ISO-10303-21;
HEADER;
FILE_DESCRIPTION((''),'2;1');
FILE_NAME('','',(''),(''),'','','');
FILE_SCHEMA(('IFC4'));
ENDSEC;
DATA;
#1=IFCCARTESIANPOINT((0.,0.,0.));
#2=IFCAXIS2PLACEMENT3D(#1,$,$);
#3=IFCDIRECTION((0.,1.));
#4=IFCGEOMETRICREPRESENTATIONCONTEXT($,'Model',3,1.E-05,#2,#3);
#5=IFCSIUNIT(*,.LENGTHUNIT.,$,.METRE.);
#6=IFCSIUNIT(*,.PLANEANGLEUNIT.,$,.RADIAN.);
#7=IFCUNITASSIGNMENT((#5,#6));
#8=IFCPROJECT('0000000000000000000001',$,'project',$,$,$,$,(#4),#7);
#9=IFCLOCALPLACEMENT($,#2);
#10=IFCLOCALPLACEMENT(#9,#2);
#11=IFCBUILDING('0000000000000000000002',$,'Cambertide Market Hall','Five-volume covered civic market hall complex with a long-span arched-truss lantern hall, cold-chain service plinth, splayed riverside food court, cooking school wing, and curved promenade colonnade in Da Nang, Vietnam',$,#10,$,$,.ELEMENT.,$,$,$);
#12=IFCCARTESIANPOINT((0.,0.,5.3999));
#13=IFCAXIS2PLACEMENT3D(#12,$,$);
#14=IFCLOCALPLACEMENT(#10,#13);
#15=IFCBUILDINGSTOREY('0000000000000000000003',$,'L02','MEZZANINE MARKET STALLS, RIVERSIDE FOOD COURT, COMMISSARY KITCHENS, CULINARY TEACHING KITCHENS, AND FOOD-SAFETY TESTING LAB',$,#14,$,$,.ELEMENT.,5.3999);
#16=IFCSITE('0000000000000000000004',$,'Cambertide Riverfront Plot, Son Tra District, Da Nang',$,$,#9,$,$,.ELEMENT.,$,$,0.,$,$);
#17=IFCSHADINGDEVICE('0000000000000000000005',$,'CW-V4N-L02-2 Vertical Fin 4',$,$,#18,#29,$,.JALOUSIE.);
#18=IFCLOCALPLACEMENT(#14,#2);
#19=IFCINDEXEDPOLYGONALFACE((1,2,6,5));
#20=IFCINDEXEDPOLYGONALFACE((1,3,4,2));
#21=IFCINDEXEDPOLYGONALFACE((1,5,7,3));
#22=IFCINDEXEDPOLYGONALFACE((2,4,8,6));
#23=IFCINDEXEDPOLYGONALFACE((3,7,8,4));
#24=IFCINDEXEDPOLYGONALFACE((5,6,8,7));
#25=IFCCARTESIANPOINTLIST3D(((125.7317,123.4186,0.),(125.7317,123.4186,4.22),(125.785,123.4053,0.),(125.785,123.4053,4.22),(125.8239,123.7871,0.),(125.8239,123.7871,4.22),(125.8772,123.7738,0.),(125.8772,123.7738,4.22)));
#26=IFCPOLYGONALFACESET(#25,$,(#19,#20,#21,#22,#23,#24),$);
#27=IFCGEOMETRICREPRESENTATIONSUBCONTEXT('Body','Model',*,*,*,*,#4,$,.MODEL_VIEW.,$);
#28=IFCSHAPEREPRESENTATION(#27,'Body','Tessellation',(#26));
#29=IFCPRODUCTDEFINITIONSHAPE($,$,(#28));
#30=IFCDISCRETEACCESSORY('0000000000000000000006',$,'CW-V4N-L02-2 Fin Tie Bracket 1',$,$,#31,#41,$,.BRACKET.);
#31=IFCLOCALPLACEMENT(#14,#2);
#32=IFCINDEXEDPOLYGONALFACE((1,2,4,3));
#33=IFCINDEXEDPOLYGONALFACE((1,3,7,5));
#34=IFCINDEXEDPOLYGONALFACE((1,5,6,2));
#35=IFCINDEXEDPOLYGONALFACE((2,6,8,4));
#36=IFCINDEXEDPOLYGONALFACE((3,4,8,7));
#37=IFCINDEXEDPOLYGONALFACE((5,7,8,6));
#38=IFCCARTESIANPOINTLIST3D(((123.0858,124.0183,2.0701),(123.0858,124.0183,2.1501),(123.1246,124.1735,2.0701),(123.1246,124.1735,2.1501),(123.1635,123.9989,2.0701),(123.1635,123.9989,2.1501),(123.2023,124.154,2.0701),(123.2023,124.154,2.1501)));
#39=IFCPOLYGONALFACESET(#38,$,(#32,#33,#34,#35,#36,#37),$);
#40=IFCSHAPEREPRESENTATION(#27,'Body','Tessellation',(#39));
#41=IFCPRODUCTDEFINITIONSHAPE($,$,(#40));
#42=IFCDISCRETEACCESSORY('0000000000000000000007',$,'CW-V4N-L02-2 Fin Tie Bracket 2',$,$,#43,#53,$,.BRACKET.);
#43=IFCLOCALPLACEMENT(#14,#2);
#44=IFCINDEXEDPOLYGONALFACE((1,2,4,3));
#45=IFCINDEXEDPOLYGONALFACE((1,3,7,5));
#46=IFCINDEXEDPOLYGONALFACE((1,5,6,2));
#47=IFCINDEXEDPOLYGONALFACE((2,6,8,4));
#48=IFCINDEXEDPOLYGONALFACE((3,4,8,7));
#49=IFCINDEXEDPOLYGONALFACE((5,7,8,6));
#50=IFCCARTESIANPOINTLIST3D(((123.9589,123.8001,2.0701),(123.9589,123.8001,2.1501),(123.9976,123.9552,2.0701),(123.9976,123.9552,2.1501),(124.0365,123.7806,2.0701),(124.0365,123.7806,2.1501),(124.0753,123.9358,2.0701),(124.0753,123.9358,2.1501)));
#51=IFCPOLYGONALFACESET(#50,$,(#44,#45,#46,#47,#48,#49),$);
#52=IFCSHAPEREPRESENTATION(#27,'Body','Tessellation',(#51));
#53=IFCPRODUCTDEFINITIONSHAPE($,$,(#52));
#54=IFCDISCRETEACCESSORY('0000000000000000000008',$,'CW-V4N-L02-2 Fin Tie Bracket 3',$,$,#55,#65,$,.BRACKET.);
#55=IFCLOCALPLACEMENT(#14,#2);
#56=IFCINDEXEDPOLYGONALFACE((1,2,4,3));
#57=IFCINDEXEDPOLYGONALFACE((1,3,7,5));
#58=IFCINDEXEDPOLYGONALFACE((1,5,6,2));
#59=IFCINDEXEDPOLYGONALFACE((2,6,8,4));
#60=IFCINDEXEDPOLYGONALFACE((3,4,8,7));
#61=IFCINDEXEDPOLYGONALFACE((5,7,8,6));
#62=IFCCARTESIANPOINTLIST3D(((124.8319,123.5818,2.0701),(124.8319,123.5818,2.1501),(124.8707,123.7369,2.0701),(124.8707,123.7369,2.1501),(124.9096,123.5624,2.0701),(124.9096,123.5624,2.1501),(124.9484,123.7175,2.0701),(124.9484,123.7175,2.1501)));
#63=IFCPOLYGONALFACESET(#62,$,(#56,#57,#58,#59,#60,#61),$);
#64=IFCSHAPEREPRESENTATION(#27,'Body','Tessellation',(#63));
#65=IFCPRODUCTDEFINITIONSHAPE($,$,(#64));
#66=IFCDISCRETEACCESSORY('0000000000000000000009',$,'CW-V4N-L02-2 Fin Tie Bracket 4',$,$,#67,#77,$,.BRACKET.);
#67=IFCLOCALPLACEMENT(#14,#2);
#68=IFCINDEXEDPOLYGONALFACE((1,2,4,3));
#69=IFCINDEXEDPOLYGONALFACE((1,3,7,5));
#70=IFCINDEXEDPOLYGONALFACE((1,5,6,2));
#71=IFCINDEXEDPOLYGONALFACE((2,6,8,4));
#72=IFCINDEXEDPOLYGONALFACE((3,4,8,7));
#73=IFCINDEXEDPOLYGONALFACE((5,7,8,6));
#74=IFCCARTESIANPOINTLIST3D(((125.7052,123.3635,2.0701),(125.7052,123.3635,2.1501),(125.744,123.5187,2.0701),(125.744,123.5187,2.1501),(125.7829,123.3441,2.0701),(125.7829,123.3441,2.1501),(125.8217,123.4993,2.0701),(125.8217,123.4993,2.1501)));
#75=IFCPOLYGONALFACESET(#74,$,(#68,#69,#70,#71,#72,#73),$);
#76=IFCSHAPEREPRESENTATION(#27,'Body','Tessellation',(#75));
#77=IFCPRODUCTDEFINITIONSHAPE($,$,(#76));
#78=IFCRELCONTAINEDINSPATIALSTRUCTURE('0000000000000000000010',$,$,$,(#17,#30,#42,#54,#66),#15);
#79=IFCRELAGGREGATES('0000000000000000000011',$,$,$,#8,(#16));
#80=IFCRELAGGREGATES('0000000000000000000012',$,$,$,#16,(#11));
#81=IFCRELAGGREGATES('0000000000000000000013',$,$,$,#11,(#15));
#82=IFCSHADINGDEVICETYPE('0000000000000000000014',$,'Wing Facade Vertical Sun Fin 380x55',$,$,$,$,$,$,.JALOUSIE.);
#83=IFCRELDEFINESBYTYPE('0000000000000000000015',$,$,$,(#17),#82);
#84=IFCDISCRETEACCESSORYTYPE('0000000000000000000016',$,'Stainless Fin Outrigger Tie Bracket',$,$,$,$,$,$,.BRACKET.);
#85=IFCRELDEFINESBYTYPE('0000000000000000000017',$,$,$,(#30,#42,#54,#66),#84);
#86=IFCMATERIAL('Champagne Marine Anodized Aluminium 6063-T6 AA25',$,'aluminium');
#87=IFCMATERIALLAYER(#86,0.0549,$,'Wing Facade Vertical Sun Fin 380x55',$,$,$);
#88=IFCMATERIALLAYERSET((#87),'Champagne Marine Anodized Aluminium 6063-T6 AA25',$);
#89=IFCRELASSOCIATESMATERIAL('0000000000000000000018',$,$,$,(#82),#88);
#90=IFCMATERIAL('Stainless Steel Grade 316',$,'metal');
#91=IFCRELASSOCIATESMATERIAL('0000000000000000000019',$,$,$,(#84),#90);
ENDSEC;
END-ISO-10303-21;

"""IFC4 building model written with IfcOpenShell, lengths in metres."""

from ifc_helpers import new_model, si_unit, direction, frame, origin, origin_2d, place, context, subcontext, project, spatial, rectangle, extrude, material, layer, layer_set, type_object, element, save


model = new_model("IFC4")

# Units and contexts
model_context = context("Model", 3, precision=1e-05, world=origin(), true_north=direction((0.0, 1.0)))
body_context = subcontext(model_context, "Body", "Model", "MODEL_VIEW")
ifc_project = project(units=[si_unit("LENGTHUNIT", "METRE"), si_unit("PLANEANGLEUNIT", "RADIAN")], contexts=[model_context])

# Site, building, storey
site_placement = place(None, origin())
site = spatial("IfcSite", under=ifc_project, at=site_placement, Name="Cambertide Riverfront Plot, Son Tra District, Da Nang", CompositionType="ELEMENT", RefElevation=0.0)
building_placement = place(site_placement, origin())
building = spatial("IfcBuilding", under=site, at=building_placement, Name="Cambertide Market Hall", Description="Five-volume covered civic market hall complex with a long-span arched-truss lantern hall, cold-chain service plinth, splayed riverside food court, cooking school wing, and curved promenade colonnade in Da Nang, Vietnam", CompositionType="ELEMENT")
storey_placement = place(building_placement, frame((0.0, 0.0, 5.3999)))
storey = spatial("IfcBuildingStorey", under=building, at=storey_placement, Name="L02", Description="MEZZANINE MARKET STALLS, RIVERSIDE FOOD COURT, COMMISSARY KITCHENS, CULINARY TEACHING KITCHENS, AND FOOD-SAFETY TESTING LAB", CompositionType="ELEMENT", Elevation=5.3999)

# Shading device
ifc_material_1 = material(Name="Champagne Marine Anodized Aluminium 6063-T6 AA25", Category="aluminium")
ifc_layer_1 = layer(ifc_material_1, 0.0549, Name="Wing Facade Vertical Sun Fin 380x55")
ifc_layer_set_1 = layer_set([ifc_layer_1], Name="Champagne Marine Anodized Aluminium 6063-T6 AA25")
shading_device_type = type_object("IfcShadingDeviceType", Name="Wing Facade Vertical Sun Fin 380x55", PredefinedType="JALOUSIE", material=ifc_layer_set_1)
for number, where, z_axis, x_axis, name in (
    (1, (125.8044, 123.5962, 0.0), (0.0, 0.0, 1.0), (0.970143, -0.242536, 0.0), "CW-V4N-L02-2 Vertical Fin 4"),
):
    element("IfcShadingDevice", number, at=place(storey_placement, frame(where, z_axis=z_axis, x_axis=x_axis)), inside=storey, type_object=shading_device_type, Name=name, PredefinedType="JALOUSIE", context=body_context, shape_type="SweptSolid", body=[
        extrude(rectangle(XDim=0.0549, YDim=0.3799, at=origin_2d()), origin(), (0.0, 0.0, 1.0), 4.22),
    ])

# Discrete accessories
ifc_material_2 = material(Name="Stainless Steel Grade 316", Category="metal")
discrete_accessory_type = type_object("IfcDiscreteAccessoryType", Name="Stainless Fin Outrigger Tie Bracket", PredefinedType="BRACKET", material=ifc_material_2)
for number, where, z_axis, x_axis, name in (
    (2, (123.144, 124.0862, 2.0701), (0.0, 0.0, 1.0), (0.970143, -0.242536, 0.0), "CW-V4N-L02-2 Fin Tie Bracket 1"),
    (3, (124.0171, 123.8679, 2.0701), (0.0, 0.0, 1.0), (0.970143, -0.242536, 0.0), "CW-V4N-L02-2 Fin Tie Bracket 2"),
    (4, (124.8901, 123.6497, 2.0701), (0.0, 0.0, 1.0), (0.970143, -0.242536, 0.0), "CW-V4N-L02-2 Fin Tie Bracket 3"),
    (5, (125.7634, 123.4314, 2.0701), (0.0, 0.0, 1.0), (0.970143, -0.242536, 0.0), "CW-V4N-L02-2 Fin Tie Bracket 4"),
):
    element("IfcDiscreteAccessory", number, at=place(storey_placement, frame(where, z_axis=z_axis, x_axis=x_axis)), inside=storey, type_object=discrete_accessory_type, Name=name, PredefinedType="BRACKET", context=body_context, shape_type="SweptSolid", body=[
        extrude(rectangle(XDim=0.0801, YDim=0.1599, at=origin_2d()), origin(), (0.0, 0.0, 1.0), 0.0801),
    ])

save(model, "model.ifc")
